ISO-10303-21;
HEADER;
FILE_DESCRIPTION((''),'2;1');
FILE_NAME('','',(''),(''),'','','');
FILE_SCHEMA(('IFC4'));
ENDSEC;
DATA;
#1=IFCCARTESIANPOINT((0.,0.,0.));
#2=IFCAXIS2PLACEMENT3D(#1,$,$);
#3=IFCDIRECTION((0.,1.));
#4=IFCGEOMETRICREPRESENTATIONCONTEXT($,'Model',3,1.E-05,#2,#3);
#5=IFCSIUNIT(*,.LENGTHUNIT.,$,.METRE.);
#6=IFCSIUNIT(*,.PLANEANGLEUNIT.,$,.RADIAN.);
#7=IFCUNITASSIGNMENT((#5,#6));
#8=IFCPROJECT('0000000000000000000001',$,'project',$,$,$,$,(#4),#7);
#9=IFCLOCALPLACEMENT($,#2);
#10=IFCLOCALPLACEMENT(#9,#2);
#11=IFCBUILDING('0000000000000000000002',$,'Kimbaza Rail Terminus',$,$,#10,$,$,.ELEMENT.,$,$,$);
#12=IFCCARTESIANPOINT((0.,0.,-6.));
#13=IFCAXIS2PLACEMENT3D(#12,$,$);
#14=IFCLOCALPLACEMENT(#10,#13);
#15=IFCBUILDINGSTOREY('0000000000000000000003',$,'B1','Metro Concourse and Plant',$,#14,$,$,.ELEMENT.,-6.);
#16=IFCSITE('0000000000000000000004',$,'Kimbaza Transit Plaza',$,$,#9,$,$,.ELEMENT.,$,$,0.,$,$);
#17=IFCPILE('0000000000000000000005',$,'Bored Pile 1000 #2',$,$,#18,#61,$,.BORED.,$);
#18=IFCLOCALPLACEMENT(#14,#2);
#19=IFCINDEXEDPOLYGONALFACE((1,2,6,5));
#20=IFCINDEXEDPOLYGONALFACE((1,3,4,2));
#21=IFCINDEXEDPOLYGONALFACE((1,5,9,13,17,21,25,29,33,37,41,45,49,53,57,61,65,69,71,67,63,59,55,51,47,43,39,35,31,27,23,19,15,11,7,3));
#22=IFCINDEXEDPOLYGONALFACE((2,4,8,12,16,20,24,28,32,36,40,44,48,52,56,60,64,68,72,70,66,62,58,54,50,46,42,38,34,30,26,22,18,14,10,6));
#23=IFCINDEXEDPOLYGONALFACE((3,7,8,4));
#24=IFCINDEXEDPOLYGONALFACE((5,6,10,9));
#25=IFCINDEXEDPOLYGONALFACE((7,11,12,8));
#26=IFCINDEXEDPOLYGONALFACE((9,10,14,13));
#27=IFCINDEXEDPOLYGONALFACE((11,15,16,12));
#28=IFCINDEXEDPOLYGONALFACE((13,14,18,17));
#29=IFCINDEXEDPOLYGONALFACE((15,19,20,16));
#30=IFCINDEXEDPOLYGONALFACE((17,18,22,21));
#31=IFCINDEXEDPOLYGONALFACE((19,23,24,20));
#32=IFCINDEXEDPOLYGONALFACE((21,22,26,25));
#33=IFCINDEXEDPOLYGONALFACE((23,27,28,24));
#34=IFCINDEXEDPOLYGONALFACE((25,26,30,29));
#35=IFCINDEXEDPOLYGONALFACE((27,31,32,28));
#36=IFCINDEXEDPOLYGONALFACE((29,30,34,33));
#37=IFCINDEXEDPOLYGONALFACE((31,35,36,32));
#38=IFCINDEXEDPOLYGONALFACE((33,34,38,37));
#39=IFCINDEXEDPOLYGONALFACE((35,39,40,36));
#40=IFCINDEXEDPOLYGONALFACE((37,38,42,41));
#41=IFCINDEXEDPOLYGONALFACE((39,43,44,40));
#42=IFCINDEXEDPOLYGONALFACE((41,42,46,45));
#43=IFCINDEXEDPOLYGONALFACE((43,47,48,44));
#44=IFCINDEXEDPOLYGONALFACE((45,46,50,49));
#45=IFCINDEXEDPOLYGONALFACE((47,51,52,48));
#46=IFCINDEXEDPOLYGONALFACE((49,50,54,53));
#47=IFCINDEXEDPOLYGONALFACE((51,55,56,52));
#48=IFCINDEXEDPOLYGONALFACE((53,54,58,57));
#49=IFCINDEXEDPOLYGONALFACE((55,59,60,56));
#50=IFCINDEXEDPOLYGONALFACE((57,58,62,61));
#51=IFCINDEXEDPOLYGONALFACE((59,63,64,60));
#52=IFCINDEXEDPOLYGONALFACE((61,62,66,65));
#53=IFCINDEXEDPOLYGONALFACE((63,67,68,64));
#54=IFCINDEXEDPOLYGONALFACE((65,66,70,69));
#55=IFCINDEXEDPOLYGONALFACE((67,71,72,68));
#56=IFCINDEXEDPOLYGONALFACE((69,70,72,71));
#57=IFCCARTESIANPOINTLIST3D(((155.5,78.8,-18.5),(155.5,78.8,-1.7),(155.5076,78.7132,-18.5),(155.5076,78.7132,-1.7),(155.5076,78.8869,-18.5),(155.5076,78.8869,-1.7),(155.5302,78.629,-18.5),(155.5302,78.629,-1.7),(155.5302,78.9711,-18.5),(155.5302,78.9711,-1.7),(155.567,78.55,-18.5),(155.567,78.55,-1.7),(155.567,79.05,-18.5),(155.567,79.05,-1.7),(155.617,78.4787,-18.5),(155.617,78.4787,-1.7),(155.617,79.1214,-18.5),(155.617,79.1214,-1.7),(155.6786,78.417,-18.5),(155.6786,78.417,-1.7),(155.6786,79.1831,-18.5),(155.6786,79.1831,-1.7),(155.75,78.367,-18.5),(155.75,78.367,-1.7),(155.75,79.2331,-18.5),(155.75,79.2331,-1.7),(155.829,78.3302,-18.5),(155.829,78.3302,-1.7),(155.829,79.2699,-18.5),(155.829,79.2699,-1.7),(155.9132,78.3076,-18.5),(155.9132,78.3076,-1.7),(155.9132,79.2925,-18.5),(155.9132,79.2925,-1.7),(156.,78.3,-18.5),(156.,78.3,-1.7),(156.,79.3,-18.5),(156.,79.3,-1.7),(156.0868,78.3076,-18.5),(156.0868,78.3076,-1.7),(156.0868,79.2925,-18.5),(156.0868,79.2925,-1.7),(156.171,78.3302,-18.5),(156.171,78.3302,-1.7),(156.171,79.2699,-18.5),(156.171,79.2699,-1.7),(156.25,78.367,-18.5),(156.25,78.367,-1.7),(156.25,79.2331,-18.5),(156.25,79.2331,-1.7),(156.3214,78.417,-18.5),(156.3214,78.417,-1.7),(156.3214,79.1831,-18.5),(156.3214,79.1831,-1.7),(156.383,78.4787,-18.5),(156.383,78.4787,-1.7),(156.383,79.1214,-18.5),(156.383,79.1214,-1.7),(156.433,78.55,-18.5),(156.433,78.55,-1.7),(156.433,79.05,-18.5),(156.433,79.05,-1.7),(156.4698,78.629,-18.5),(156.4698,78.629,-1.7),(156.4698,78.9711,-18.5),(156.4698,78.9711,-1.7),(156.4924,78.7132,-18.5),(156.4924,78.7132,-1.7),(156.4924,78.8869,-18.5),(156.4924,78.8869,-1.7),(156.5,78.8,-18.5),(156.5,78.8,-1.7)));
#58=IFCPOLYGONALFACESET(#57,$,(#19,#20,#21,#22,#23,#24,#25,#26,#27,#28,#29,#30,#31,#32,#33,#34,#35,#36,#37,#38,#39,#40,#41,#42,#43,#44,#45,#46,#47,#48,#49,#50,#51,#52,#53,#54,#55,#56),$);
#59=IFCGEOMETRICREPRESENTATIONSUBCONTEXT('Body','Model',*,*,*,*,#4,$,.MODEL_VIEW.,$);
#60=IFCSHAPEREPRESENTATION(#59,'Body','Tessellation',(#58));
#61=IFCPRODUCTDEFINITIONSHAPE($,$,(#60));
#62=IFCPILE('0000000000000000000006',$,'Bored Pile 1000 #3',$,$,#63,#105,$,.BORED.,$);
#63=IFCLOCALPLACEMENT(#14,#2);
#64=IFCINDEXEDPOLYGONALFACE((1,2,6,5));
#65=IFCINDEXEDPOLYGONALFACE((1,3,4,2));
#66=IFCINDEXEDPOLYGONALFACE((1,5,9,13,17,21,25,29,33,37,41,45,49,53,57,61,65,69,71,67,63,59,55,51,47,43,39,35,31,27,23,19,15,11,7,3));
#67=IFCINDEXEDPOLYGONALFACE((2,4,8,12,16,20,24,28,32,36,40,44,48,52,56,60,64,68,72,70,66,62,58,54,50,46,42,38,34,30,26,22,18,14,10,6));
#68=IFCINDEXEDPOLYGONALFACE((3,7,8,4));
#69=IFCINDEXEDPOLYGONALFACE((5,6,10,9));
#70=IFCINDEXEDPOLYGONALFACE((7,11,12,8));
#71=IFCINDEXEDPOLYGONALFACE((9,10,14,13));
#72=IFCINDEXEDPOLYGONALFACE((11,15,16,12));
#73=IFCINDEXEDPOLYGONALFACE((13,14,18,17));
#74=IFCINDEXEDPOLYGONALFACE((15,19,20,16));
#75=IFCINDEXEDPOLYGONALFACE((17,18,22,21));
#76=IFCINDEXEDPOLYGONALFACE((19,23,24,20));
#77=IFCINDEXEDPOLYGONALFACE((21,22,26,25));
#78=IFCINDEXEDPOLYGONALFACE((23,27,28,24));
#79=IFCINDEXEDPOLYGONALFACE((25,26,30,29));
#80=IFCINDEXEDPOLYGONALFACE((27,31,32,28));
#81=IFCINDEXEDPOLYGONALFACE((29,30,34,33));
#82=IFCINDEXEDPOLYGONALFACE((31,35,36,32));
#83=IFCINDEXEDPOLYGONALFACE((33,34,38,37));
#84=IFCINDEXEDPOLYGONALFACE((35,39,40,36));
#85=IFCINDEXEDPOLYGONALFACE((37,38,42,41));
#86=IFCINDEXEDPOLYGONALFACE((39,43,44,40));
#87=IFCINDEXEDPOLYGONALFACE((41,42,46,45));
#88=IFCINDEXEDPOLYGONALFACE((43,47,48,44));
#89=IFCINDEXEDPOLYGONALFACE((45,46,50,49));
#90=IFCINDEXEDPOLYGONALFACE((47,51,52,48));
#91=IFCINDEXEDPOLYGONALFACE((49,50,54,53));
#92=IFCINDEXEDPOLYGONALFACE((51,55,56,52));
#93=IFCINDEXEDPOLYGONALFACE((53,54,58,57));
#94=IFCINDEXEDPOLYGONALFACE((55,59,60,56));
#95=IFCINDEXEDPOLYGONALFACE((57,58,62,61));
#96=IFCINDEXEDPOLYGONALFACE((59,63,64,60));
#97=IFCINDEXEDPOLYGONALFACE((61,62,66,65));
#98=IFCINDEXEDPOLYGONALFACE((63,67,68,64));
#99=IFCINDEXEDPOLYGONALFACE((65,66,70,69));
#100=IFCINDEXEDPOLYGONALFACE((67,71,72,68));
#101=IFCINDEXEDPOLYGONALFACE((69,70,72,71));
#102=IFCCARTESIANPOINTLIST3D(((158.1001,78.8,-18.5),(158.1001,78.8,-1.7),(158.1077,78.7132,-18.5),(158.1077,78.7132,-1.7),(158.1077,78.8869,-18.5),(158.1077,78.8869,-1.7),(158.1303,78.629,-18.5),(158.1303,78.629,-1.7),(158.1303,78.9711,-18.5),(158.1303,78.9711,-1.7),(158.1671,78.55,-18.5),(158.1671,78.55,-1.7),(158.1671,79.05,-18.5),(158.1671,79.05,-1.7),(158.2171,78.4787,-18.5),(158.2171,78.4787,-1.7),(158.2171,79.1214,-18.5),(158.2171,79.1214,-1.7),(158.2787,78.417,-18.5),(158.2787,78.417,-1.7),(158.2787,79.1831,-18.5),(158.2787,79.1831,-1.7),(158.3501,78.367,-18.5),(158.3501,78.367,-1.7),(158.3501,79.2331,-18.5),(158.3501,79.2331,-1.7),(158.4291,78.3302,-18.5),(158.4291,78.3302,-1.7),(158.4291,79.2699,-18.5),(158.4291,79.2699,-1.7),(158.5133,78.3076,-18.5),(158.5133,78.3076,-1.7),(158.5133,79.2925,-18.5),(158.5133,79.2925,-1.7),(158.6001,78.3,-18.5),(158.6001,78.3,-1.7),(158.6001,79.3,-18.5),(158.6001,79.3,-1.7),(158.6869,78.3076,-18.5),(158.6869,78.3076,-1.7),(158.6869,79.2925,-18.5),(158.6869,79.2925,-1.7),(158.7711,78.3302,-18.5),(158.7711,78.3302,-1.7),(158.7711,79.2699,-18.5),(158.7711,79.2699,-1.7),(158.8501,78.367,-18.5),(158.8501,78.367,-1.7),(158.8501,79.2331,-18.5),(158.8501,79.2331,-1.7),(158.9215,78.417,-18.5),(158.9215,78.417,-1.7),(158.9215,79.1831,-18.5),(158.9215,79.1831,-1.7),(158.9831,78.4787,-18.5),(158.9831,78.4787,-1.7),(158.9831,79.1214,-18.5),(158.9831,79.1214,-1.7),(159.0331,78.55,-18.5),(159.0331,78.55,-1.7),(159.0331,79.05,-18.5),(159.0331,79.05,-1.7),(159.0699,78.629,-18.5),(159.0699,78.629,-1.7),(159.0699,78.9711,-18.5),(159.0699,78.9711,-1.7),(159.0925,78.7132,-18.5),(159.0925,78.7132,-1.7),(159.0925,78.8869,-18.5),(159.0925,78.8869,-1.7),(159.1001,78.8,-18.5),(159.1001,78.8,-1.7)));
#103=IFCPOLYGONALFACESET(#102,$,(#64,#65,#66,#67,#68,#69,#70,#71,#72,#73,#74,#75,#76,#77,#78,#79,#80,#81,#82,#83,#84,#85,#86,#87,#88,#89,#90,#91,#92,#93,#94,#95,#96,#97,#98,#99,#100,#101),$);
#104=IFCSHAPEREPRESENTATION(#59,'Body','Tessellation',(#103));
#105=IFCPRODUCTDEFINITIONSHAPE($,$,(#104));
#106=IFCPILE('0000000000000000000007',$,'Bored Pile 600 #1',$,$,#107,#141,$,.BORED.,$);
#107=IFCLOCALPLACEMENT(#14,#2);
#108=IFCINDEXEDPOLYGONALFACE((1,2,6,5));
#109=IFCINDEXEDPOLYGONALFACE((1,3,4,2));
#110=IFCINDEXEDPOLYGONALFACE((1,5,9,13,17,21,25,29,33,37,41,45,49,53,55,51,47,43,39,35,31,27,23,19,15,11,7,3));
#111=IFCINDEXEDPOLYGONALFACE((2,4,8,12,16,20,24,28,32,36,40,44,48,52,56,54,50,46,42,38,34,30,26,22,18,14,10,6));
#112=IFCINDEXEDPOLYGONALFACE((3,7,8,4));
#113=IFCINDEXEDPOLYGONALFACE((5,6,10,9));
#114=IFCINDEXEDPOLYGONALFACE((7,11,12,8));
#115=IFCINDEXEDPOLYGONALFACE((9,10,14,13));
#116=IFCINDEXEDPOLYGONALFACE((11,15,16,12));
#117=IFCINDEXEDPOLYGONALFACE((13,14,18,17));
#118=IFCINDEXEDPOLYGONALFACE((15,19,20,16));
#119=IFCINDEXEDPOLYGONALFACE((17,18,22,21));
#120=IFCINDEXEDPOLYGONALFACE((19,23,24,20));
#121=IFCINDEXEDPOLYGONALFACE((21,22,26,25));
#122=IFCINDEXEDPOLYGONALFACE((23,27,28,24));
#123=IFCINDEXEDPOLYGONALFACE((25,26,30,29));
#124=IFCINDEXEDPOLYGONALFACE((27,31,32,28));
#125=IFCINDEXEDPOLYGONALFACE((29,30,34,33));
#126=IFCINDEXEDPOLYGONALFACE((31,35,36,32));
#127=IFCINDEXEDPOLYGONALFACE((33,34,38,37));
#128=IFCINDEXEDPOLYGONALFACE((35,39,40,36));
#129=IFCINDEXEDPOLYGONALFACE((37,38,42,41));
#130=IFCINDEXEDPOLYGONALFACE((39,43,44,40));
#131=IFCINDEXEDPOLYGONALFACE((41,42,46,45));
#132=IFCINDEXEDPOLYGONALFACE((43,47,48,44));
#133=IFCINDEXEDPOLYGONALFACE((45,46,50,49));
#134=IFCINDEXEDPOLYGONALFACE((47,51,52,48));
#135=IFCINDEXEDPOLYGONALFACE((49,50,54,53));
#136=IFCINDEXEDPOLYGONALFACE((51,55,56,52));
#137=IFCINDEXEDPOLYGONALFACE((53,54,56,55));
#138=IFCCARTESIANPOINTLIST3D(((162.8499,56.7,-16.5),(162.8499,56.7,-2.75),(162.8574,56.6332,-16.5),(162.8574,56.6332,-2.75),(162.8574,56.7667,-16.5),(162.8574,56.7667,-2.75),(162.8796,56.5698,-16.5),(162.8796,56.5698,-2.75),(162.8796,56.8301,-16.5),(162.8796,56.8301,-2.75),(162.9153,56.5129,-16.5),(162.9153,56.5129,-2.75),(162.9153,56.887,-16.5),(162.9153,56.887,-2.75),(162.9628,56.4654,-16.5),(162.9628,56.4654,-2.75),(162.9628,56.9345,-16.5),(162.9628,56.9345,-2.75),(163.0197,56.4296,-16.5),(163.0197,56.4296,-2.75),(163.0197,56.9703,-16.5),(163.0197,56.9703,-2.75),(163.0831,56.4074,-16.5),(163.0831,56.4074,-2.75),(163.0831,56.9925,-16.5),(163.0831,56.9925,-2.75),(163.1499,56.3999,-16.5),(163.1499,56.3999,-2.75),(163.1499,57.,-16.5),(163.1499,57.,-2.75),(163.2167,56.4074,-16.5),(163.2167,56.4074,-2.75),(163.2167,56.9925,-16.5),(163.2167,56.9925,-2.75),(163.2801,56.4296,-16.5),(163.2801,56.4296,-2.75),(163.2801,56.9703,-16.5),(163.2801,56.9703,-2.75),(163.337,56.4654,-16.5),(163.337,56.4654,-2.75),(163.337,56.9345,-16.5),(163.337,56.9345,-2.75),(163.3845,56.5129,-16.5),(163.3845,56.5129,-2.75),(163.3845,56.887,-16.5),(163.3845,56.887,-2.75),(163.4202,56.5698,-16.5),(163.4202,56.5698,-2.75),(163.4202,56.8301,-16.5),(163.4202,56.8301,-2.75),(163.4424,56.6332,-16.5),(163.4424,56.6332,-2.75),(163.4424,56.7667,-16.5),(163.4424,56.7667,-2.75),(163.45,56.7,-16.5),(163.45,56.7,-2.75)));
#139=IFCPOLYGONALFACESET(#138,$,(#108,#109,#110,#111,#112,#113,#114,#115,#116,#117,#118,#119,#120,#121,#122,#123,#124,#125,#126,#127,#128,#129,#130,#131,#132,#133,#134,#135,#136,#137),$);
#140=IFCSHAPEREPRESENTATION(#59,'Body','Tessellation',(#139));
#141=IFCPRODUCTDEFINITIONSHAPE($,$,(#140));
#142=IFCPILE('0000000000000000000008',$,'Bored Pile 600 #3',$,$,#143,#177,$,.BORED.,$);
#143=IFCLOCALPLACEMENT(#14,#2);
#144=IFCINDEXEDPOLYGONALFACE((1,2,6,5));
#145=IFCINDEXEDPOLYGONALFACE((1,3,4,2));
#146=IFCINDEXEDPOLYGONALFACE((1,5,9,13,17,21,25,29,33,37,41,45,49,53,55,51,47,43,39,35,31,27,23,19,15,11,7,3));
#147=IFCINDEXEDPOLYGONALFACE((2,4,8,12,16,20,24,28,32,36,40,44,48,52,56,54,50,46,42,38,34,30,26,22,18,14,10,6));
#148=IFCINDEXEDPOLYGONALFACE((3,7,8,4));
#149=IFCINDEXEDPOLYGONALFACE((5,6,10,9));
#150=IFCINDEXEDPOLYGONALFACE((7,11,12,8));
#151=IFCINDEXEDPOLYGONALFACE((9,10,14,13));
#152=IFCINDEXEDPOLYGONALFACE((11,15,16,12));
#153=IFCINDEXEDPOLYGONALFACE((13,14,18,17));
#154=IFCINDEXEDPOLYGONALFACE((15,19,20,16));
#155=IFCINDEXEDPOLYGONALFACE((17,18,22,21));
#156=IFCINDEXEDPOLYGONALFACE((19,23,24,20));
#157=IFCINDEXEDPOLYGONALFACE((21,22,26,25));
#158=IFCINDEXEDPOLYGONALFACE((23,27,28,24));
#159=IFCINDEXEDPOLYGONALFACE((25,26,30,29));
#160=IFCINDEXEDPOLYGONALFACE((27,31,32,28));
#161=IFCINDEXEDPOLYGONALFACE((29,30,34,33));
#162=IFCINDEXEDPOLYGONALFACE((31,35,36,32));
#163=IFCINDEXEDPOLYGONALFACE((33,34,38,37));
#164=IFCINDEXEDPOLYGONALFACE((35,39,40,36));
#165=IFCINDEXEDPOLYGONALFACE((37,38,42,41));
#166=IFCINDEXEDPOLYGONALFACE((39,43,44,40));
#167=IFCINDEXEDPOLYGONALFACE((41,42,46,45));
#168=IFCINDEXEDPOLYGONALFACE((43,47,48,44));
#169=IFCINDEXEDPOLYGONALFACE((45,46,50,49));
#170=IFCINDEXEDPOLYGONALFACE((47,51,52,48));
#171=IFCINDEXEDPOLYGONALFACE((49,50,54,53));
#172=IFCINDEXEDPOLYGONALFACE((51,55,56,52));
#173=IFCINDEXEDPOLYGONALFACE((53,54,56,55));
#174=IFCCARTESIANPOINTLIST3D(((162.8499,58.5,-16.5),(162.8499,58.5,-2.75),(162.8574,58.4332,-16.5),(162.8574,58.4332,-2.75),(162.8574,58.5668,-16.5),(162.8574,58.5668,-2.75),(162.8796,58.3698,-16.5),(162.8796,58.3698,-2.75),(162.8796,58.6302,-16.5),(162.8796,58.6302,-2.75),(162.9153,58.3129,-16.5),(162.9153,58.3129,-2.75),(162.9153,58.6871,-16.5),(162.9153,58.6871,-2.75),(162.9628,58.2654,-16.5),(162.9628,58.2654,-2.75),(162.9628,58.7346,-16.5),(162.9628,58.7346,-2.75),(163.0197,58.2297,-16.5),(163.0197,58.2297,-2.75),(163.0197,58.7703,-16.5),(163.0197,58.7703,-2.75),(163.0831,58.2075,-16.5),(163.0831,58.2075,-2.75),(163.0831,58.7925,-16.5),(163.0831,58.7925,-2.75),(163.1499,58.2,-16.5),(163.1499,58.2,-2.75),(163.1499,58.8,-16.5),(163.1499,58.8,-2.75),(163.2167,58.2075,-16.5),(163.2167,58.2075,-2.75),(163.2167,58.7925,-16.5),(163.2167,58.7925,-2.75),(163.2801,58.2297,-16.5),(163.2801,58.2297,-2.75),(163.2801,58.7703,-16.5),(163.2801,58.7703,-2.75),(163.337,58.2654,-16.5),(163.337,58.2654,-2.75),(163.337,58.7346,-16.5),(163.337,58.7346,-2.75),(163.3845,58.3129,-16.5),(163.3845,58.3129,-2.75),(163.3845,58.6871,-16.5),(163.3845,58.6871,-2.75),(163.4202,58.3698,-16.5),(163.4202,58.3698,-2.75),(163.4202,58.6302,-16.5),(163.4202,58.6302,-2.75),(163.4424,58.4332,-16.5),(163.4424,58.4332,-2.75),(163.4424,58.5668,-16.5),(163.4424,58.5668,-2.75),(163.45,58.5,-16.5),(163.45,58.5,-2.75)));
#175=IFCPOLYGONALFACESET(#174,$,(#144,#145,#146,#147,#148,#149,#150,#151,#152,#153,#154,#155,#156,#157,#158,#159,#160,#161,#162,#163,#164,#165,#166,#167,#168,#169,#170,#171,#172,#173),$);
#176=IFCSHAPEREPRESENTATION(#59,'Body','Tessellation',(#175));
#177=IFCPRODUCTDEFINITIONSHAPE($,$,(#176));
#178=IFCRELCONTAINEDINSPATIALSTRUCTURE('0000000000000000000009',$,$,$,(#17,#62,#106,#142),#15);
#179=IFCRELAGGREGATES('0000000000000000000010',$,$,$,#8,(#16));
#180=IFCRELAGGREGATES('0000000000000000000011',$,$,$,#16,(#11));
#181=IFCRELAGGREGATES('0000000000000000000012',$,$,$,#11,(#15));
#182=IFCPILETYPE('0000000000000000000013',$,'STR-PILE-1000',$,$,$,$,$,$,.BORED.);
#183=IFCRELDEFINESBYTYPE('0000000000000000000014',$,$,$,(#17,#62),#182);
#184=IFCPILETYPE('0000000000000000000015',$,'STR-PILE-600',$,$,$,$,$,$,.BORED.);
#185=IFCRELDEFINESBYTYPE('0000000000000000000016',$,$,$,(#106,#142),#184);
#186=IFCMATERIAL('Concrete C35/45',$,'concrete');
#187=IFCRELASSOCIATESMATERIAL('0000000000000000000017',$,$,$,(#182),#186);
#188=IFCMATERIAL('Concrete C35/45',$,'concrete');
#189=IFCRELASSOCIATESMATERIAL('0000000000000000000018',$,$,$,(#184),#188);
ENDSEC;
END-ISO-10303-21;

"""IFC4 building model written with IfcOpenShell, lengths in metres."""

from ifc_helpers import new_model, si_unit, direction, frame, origin, origin_2d, place, context, subcontext, project, spatial, circle, extrude, material, material_profile, profile_set, type_object, element, save


model = new_model("IFC4")

# Units and contexts
model_context = context("Model", 3, precision=1e-05, world=origin(), true_north=direction((0.0, 1.0)))
body_context = subcontext(model_context, "Body", "Model", "MODEL_VIEW")
ifc_project = project(units=[si_unit("LENGTHUNIT", "METRE"), si_unit("PLANEANGLEUNIT", "RADIAN")], contexts=[model_context])

# Site, building, storey
site_placement = place(None, origin())
site = spatial("IfcSite", under=ifc_project, at=site_placement, Name="Kimbaza Transit Plaza", CompositionType="ELEMENT", RefElevation=0.0)
building_placement = place(site_placement, origin())
building = spatial("IfcBuilding", under=site, at=building_placement, Name="Kimbaza Rail Terminus", CompositionType="ELEMENT")
storey_placement = place(building_placement, frame((0.0, 0.0, -6.0)))
storey = spatial("IfcBuildingStorey", under=building, at=storey_placement, Name="B1", Description="Metro Concourse and Plant", CompositionType="ELEMENT", Elevation=-6.0)

# Piles
ifc_material_1 = material(Name="Concrete C35/45", Category="concrete")
ifc_material_profile_1 = material_profile(ifc_material_1, circle(Radius=0.5, at=origin_2d()), Name="BORED PILE 1000")
ifc_profile_set_1 = profile_set([ifc_material_profile_1], Name="Concrete C35/45")
pile_type_1 = type_object("IfcPileType", Name="STR-PILE-1000", PredefinedType="BORED", material=ifc_profile_set_1)
for number, where, z_axis, x_axis, name in (
    (1, (156.0, 78.8, -1.7), (0.0, 0.0, -1.0), (1.0, 0.0, 0.0), "Bored Pile 1000 #2"),
    (2, (158.6001, 78.8, -1.7), (0.0, 0.0, -1.0), (1.0, 0.0, 0.0), "Bored Pile 1000 #3"),
):
    element("IfcPile", number, at=place(storey_placement, frame(where, z_axis=z_axis, x_axis=x_axis)), inside=storey, type_object=pile_type_1, Name=name, PredefinedType="BORED", context=body_context, shape_type="SweptSolid", body=[
        extrude(circle(Radius=0.5, at=origin_2d()), origin(), (0.0, 0.0, 1.0), 16.8),
    ])
ifc_material_2 = material(Name="Concrete C35/45", Category="concrete")
ifc_material_profile_2 = material_profile(ifc_material_2, circle(Radius=0.3, at=origin_2d()), Name="BORED PILE 600")
ifc_profile_set_2 = profile_set([ifc_material_profile_2], Name="Concrete C35/45")
pile_type_2 = type_object("IfcPileType", Name="STR-PILE-600", PredefinedType="BORED", material=ifc_profile_set_2)
for number, where, z_axis, x_axis, name in (
    (3, (163.1499, 56.7, -2.75), (0.0, 0.0, -1.0), (1.0, 0.0, 0.0), "Bored Pile 600 #1"),
    (4, (163.1499, 58.5, -2.75), (0.0, 0.0, -1.0), (1.0, 0.0, 0.0), "Bored Pile 600 #3"),
):
    element("IfcPile", number, at=place(storey_placement, frame(where, z_axis=z_axis, x_axis=x_axis)), inside=storey, type_object=pile_type_2, Name=name, PredefinedType="BORED", context=body_context, shape_type="SweptSolid", body=[
        extrude(circle(Radius=0.3, at=origin_2d()), origin(), (0.0, 0.0, 1.0), 13.75),
    ])

save(model, "model.ifc")
